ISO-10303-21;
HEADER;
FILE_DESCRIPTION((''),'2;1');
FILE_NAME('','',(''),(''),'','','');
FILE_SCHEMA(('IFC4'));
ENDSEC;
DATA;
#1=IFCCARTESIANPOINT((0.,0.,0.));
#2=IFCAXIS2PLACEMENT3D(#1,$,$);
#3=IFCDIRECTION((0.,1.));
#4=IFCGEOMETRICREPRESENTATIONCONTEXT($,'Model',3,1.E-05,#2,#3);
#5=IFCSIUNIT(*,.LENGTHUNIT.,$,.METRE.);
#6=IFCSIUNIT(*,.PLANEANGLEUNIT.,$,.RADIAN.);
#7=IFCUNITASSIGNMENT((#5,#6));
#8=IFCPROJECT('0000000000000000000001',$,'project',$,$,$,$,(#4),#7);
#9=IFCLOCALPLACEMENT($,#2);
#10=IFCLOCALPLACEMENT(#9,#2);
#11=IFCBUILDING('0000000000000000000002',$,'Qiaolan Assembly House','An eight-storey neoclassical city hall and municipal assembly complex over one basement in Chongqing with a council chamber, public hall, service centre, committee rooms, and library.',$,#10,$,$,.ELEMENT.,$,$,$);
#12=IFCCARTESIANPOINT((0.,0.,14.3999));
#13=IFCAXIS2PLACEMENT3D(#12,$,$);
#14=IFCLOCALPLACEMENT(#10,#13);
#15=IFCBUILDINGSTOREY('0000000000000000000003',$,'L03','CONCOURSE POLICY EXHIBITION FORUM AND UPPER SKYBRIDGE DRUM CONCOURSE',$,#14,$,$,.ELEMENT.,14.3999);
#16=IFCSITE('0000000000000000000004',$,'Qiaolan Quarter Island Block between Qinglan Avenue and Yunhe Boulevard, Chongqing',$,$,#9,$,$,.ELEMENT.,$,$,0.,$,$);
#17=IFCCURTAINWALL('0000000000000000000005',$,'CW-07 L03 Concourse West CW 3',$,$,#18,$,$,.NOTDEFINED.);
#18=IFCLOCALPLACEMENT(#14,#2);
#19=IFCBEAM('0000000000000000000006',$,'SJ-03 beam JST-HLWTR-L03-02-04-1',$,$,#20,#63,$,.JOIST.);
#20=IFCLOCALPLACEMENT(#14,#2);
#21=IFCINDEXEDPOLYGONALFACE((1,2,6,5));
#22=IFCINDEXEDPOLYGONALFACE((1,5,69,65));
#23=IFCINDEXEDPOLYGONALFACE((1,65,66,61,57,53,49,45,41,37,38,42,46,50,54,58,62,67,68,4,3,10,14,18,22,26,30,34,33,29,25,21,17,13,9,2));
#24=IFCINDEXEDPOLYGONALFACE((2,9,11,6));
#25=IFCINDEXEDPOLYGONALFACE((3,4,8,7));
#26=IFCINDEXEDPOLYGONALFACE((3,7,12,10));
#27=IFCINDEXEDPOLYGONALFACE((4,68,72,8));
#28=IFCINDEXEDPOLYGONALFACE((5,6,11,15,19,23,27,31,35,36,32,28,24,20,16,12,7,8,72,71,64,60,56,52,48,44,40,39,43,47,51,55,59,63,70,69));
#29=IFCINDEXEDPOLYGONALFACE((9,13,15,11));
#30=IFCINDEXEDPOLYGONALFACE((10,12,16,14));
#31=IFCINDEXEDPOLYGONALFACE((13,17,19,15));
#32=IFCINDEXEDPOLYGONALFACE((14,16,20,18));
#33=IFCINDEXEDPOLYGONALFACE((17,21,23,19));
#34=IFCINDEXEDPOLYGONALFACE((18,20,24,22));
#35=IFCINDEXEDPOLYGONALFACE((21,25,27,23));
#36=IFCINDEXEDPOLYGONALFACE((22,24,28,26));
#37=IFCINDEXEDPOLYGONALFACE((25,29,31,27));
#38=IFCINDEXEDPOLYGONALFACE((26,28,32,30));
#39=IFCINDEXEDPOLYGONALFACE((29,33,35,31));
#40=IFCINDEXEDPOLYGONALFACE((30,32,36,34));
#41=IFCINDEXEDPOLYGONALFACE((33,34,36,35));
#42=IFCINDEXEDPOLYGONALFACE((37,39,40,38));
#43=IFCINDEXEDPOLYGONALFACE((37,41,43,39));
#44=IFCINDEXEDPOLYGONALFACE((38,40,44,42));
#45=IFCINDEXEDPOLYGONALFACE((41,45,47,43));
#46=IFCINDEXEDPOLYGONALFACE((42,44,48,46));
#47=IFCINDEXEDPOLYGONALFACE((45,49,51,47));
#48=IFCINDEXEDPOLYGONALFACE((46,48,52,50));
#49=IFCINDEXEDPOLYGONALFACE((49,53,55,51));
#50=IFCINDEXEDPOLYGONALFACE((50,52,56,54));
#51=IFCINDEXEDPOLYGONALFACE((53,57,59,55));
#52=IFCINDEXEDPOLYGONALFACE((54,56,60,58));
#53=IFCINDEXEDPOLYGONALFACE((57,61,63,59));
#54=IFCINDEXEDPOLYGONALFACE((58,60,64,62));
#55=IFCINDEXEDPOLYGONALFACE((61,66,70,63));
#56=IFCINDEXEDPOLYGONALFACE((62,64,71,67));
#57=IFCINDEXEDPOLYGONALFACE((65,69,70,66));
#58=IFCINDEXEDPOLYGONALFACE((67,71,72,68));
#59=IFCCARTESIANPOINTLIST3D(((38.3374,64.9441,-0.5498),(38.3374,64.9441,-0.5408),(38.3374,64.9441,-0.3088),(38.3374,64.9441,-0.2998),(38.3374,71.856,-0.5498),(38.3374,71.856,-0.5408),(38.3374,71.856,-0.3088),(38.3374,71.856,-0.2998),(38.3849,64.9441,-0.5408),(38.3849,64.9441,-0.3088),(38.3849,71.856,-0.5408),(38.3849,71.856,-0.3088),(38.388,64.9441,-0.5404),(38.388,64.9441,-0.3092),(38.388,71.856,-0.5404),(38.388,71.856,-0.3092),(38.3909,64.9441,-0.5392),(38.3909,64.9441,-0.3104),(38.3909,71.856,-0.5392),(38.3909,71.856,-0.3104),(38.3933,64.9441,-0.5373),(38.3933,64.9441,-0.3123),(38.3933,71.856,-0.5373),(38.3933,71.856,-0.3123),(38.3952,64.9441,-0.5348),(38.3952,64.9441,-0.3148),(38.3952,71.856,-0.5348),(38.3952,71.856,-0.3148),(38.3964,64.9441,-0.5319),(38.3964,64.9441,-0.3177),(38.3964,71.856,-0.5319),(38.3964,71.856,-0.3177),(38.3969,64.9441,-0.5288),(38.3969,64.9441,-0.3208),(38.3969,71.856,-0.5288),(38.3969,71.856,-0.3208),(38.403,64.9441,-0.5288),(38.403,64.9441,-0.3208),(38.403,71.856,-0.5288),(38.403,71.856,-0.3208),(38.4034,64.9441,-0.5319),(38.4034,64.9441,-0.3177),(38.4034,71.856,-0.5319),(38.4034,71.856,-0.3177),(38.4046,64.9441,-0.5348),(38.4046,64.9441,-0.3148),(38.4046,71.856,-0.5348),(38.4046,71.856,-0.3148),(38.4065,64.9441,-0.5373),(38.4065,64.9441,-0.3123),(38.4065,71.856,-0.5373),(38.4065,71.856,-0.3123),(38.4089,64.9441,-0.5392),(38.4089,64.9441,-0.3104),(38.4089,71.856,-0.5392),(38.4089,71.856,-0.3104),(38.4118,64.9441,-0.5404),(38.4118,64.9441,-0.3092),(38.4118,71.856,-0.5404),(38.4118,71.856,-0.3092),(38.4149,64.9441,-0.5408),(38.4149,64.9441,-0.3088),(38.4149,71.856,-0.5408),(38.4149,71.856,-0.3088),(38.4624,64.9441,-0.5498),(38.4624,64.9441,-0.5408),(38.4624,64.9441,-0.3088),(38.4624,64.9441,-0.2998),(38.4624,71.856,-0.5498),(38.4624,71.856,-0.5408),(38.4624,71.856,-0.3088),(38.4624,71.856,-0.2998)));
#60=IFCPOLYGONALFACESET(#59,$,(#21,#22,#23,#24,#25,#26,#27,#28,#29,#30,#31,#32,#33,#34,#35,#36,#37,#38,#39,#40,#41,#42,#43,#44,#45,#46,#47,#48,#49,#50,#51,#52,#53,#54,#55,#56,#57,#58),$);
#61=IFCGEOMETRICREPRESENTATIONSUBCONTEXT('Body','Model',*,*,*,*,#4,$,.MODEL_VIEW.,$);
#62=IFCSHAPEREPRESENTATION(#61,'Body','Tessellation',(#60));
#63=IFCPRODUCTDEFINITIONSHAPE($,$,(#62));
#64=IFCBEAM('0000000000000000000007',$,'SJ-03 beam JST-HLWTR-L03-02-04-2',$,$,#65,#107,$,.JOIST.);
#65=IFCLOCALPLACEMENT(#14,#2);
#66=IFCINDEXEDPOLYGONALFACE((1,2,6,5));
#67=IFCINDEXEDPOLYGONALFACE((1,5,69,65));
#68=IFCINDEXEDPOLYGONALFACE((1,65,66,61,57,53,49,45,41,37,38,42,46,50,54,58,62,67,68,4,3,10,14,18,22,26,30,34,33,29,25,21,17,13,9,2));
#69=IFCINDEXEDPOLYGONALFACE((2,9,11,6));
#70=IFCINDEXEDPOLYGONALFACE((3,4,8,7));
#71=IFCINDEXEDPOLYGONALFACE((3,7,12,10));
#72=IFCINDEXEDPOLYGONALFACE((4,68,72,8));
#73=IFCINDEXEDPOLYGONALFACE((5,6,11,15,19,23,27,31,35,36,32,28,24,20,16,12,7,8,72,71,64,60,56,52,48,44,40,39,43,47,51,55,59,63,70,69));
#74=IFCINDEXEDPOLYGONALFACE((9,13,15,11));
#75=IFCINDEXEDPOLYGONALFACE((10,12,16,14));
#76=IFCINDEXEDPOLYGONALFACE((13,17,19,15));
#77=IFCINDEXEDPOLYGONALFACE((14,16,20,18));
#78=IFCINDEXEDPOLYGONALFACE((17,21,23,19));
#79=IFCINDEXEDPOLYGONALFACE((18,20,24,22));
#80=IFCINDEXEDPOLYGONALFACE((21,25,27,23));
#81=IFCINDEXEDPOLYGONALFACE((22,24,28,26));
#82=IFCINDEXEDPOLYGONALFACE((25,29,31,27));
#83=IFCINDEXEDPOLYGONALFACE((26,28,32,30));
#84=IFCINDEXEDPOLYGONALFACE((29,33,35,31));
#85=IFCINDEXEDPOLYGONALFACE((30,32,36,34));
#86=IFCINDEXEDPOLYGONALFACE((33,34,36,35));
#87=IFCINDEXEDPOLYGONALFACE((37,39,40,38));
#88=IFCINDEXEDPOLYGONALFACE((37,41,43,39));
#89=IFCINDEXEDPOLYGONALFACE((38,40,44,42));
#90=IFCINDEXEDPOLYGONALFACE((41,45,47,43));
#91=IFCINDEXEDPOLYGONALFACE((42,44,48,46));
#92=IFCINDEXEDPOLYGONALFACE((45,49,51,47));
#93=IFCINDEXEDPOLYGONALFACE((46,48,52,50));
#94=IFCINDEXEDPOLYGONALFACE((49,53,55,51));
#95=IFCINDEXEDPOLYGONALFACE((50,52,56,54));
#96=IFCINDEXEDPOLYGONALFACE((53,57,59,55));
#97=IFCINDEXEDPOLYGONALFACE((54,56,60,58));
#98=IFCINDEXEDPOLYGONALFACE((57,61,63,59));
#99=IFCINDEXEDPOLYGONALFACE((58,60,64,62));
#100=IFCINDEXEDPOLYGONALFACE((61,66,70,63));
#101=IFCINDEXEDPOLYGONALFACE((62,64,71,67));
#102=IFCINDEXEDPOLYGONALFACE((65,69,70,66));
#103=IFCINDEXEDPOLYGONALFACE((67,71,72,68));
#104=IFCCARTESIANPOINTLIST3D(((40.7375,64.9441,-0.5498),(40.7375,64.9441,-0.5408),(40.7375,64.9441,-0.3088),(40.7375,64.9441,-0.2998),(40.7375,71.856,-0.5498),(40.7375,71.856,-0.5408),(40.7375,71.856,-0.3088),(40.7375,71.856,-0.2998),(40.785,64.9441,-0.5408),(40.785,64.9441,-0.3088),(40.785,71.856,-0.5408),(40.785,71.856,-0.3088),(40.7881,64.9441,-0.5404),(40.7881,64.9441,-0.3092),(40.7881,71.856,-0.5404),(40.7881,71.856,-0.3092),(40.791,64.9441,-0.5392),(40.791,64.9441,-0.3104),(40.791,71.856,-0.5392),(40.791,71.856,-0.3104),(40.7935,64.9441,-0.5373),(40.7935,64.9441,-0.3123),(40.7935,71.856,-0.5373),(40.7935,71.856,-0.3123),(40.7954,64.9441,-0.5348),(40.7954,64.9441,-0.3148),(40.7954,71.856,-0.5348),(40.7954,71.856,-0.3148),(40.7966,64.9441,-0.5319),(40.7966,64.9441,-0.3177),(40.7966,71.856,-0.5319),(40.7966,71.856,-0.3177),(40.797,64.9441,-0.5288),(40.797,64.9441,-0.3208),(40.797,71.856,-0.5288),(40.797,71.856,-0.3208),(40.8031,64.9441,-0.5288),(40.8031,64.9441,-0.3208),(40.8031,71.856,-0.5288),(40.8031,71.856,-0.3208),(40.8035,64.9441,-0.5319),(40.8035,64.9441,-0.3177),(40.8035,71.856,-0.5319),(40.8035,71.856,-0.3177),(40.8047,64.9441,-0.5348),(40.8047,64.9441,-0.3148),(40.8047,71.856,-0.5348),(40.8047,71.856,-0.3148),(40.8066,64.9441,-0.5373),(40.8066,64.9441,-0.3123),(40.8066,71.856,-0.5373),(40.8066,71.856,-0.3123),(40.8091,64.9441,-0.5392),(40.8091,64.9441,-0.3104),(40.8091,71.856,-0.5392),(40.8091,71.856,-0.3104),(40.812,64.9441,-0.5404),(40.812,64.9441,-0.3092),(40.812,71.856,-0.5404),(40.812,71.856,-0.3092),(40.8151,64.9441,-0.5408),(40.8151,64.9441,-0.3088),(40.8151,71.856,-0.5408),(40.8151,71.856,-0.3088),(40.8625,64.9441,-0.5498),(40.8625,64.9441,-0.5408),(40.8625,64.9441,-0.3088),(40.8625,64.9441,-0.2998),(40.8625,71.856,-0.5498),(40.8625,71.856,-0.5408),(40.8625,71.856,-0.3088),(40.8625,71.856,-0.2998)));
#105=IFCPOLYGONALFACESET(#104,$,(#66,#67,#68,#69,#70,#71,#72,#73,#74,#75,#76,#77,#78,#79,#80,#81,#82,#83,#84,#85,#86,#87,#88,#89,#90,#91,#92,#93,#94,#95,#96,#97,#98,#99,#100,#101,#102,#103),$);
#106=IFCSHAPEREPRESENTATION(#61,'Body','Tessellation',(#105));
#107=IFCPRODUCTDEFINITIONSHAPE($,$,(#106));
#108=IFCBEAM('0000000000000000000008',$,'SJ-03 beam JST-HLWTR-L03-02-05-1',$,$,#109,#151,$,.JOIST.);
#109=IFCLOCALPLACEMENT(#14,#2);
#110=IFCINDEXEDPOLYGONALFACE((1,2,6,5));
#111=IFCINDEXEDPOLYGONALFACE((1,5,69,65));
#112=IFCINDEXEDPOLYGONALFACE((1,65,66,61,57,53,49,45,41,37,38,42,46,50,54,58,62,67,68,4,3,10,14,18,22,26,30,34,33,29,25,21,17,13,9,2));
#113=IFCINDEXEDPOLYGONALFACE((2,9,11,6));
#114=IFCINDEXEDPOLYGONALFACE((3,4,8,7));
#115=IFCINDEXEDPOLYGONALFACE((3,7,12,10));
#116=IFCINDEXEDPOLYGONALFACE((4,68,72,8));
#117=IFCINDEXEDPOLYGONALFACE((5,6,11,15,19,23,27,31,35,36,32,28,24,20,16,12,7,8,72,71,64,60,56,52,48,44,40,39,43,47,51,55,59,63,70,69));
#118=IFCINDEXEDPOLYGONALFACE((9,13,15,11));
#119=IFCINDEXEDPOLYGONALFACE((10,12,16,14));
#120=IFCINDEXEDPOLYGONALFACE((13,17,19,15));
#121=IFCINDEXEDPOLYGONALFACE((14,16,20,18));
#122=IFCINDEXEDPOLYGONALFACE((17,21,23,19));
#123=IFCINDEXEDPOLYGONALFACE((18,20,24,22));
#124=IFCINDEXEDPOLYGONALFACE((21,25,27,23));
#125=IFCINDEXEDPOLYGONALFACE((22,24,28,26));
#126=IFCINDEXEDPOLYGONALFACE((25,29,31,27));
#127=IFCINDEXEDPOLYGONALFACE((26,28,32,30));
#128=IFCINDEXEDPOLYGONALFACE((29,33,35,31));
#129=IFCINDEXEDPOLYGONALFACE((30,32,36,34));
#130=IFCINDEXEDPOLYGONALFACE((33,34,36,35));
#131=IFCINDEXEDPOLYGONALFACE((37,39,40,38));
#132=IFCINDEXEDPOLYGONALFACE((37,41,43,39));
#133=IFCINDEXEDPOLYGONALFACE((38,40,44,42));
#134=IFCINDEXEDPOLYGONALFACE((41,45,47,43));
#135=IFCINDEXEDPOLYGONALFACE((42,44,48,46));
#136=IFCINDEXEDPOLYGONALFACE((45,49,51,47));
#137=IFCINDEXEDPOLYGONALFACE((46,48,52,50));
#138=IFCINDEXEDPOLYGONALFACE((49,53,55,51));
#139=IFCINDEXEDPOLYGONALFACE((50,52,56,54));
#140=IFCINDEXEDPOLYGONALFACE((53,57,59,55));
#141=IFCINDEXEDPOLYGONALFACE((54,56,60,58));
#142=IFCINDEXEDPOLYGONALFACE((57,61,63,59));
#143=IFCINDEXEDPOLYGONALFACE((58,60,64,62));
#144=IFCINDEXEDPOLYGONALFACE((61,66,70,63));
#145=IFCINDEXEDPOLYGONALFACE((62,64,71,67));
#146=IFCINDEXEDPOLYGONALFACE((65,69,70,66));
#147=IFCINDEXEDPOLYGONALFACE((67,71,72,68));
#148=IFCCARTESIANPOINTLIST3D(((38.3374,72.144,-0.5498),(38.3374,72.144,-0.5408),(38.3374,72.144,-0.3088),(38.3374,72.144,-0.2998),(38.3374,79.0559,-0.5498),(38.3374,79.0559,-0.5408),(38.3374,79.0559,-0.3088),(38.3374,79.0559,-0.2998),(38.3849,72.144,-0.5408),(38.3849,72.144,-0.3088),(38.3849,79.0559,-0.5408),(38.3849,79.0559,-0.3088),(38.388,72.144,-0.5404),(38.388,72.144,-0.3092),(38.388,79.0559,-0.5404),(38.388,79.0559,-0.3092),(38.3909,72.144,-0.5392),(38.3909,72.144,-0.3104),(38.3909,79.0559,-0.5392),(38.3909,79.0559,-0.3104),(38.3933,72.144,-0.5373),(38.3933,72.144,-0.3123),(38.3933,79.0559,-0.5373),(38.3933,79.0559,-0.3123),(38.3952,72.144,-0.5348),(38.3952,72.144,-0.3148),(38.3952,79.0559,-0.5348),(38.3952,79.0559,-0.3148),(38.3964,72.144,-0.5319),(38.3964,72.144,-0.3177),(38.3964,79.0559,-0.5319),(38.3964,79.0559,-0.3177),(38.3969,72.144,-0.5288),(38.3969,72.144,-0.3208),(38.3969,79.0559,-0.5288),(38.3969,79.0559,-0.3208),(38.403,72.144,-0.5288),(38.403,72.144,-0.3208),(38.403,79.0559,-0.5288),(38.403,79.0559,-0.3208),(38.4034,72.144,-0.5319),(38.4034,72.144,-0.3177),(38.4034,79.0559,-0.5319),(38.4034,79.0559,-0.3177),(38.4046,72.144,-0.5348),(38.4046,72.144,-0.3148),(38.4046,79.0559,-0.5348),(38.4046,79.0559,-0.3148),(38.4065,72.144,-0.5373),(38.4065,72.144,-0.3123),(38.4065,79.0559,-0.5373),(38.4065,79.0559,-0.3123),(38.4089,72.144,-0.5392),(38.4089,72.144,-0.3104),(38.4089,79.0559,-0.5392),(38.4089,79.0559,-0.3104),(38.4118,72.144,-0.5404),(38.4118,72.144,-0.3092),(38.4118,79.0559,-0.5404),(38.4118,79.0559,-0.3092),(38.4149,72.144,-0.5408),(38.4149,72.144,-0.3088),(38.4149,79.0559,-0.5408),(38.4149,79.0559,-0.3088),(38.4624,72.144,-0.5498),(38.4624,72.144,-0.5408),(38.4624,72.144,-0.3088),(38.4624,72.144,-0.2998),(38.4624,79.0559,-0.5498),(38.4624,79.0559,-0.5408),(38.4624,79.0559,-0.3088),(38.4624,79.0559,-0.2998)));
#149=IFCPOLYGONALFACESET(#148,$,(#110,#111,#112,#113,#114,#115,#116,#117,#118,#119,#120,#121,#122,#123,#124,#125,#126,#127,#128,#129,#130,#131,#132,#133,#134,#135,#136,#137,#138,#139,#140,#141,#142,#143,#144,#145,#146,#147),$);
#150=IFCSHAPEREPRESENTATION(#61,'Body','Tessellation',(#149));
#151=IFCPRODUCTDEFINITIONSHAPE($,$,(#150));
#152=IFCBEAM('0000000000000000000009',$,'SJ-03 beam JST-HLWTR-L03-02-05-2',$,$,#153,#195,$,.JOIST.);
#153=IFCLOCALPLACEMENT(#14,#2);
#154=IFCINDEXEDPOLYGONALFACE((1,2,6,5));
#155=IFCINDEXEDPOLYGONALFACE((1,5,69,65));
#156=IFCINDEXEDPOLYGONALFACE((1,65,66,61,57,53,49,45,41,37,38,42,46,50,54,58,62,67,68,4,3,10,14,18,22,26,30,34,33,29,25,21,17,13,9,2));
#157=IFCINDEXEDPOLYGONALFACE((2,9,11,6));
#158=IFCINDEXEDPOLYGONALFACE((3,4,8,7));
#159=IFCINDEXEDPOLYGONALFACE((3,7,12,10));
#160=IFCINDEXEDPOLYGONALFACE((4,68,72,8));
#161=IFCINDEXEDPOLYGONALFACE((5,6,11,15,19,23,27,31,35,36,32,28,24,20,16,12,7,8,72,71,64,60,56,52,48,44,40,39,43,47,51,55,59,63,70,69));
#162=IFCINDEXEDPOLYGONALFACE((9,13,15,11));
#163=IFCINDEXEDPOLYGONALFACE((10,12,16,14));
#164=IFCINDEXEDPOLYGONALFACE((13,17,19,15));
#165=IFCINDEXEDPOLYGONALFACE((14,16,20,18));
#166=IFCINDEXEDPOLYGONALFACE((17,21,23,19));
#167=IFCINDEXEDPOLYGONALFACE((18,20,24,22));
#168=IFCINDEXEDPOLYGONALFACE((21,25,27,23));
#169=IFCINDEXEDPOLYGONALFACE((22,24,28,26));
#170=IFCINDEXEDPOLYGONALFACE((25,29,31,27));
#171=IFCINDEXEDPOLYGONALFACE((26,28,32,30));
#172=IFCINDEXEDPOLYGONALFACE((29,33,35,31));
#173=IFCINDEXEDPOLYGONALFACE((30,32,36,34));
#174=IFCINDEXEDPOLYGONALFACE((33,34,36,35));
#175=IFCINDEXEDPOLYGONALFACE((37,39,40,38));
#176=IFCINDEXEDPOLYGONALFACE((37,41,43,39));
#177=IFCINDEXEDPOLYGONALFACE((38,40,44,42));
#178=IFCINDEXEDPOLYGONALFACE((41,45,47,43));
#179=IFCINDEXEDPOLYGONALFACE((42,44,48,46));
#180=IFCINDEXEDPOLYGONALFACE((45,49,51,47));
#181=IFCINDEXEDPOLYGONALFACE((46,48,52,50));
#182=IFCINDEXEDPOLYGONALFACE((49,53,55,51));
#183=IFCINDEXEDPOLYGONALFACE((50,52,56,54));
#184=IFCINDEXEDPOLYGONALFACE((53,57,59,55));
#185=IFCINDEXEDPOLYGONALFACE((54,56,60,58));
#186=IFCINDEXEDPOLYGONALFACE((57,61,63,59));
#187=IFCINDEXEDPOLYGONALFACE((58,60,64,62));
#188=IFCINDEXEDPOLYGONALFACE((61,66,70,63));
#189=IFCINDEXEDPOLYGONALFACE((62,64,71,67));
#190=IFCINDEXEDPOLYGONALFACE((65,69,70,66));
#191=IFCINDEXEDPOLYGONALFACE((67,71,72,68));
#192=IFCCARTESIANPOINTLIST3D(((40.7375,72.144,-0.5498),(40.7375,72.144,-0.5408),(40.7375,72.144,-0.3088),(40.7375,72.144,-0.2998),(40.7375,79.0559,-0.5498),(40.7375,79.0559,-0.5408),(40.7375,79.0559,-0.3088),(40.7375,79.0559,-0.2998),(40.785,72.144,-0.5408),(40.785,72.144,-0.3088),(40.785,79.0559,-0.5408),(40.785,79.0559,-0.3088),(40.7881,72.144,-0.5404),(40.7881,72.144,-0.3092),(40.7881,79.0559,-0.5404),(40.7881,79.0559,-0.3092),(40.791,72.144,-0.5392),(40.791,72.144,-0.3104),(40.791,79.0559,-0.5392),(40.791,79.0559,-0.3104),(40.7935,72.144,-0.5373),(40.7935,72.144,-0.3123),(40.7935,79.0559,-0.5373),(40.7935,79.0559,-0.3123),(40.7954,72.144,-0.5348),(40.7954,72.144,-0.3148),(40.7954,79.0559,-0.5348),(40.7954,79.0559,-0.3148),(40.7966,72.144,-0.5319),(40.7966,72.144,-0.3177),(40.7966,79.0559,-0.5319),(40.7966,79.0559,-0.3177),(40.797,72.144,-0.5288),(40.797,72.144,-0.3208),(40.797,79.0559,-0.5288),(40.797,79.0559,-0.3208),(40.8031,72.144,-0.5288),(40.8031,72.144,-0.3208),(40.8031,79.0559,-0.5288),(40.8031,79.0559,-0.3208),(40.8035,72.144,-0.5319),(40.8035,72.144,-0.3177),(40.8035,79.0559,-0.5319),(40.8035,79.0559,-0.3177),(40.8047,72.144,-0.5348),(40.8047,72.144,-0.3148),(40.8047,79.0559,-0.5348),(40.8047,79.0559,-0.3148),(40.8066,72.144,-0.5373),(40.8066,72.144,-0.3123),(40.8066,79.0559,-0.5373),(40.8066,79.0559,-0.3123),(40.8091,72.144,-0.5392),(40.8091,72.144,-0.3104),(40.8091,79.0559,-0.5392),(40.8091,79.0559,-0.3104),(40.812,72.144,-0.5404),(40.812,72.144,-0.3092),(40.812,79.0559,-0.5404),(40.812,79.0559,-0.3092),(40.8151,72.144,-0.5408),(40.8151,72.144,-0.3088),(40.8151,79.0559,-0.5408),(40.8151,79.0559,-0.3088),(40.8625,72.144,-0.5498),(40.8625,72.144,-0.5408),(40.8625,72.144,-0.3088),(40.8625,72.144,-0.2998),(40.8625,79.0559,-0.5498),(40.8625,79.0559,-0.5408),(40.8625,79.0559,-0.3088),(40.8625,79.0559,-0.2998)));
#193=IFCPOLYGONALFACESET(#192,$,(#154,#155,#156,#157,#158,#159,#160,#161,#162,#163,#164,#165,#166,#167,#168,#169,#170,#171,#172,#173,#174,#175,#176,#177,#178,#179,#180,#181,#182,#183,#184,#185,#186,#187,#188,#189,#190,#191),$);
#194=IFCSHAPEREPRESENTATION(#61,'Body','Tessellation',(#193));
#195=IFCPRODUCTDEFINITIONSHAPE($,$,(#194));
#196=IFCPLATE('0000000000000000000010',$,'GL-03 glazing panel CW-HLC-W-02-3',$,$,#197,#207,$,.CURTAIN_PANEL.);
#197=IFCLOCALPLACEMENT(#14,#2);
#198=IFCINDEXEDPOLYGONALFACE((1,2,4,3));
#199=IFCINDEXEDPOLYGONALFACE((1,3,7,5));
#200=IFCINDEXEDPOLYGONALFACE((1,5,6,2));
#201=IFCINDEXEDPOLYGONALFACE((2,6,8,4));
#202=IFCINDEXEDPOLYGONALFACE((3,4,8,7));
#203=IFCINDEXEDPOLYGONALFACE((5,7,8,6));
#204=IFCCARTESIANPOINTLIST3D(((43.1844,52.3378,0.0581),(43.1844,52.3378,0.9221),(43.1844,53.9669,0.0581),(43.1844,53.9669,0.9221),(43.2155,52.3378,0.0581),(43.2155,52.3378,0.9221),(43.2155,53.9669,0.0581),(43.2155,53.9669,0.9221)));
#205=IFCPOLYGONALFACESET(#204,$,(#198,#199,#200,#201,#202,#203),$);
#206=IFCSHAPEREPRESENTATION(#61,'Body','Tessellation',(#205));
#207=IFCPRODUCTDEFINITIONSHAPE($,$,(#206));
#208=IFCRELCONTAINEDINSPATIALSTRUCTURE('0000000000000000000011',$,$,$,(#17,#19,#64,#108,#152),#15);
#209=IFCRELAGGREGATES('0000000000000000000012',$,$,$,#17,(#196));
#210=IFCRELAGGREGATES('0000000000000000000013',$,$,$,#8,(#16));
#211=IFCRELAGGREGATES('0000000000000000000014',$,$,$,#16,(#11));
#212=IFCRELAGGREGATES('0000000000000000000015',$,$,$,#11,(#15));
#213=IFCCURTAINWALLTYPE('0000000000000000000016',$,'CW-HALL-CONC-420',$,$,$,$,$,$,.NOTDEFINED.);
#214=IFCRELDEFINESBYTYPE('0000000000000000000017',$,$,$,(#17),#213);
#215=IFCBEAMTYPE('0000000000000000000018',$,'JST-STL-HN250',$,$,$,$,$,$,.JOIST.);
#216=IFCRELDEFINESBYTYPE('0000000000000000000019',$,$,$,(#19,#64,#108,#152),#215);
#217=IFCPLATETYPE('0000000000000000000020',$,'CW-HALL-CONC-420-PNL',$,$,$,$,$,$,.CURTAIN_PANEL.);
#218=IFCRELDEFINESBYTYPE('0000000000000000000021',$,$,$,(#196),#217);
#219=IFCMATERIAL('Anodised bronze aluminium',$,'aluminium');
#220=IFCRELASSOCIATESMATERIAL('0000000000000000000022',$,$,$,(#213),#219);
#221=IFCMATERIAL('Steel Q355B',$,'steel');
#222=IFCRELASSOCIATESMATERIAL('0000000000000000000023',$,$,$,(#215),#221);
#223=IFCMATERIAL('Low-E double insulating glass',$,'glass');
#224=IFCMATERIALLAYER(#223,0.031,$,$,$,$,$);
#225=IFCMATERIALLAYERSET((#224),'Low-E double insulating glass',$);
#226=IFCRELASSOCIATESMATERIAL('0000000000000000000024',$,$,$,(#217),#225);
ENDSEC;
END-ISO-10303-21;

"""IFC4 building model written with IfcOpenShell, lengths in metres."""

from ifc_helpers import new_model, si_unit, direction, frame, frame_2d, origin, origin_2d, place, context, subcontext, project, spatial, rectangle, i_section, extrude, material, layer, layer_set, material_profile, profile_set, type_object, element, aggregate, save


model = new_model("IFC4")

# Units and contexts
model_context = context("Model", 3, precision=1e-05, world=origin(), true_north=direction((0.0, 1.0)))
body_context = subcontext(model_context, "Body", "Model", "MODEL_VIEW")
ifc_project = project(units=[si_unit("LENGTHUNIT", "METRE"), si_unit("PLANEANGLEUNIT", "RADIAN")], contexts=[model_context])

# Site, building, storey
site_placement = place(None, origin())
site = spatial("IfcSite", under=ifc_project, at=site_placement, Name="Qiaolan Quarter Island Block between Qinglan Avenue and Yunhe Boulevard, Chongqing", CompositionType="ELEMENT", RefElevation=0.0)
building_placement = place(site_placement, origin())
building = spatial("IfcBuilding", under=site, at=building_placement, Name="Qiaolan Assembly House", Description="An eight-storey neoclassical city hall and municipal assembly complex over one basement in Chongqing with a council chamber, public hall, service centre, committee rooms, and library.", CompositionType="ELEMENT")
storey_placement = place(building_placement, frame((0.0, 0.0, 14.3999)))
storey = spatial("IfcBuildingStorey", under=building, at=storey_placement, Name="L03", Description="CONCOURSE POLICY EXHIBITION FORUM AND UPPER SKYBRIDGE DRUM CONCOURSE", CompositionType="ELEMENT", Elevation=14.3999)

# Shared definitions
ifc_material_1 = material(Name="Steel Q355B", Category="steel")

# Curtain wall
ifc_material_2 = material(Name="Anodised bronze aluminium", Category="aluminium")
curtain_wall_type = type_object("IfcCurtainWallType", Name="CW-HALL-CONC-420", PredefinedType="NOTDEFINED", material=ifc_material_2)
curtain_wall_1_placement = place(storey_placement, origin())
curtain_wall_1 = element("IfcCurtainWall", 1, at=curtain_wall_1_placement, inside=storey, type_object=curtain_wall_type, Name="CW-07 L03 Concourse West CW 3", PredefinedType="NOTDEFINED")

# Beams
ifc_material_profile_1 = material_profile(ifc_material_1, i_section(OverallWidth=0.125, OverallDepth=0.25, WebThickness=0.0061, FlangeThickness=0.009, FilletRadius=0.012, at=origin_2d()), Name="HN 250x125x6x9")
ifc_profile_set_1 = profile_set([ifc_material_profile_1], Name="Steel Q355B")
beam_type_1 = type_object("IfcBeamType", Name="JST-STL-HN250", PredefinedType="JOIST", material=ifc_profile_set_1)
for number, where, z_axis, x_axis, name in (
    (2, (38.3999, 64.9441, -0.4248), (0.0, 1.0, 0.0), (-1.0, 0.0, 0.0), "SJ-03 beam JST-HLWTR-L03-02-04-1"),
    (3, (40.8, 64.9441, -0.4248), (0.0, 1.0, 0.0), (-1.0, 0.0, 0.0), "SJ-03 beam JST-HLWTR-L03-02-04-2"),
    (4, (38.3999, 72.144, -0.4248), (0.0, 1.0, 0.0), (-1.0, 0.0, 0.0), "SJ-03 beam JST-HLWTR-L03-02-05-1"),
    (5, (40.8, 72.144, -0.4248), (0.0, 1.0, 0.0), (-1.0, 0.0, 0.0), "SJ-03 beam JST-HLWTR-L03-02-05-2"),
):
    element("IfcBeam", number, at=place(storey_placement, frame(where, z_axis=z_axis, x_axis=x_axis)), inside=storey, type_object=beam_type_1, Name=name, PredefinedType="JOIST", context=body_context, shape_type="SweptSolid", body=[
        extrude(i_section(OverallWidth=0.125, OverallDepth=0.25, WebThickness=0.0061, FlangeThickness=0.009, FilletRadius=0.012, at=origin_2d()), origin(), (0.0, 0.0, 1.0), 6.9119),
    ])

# Plate
ifc_material_3 = material(Name="Low-E double insulating glass", Category="glass")
ifc_layer_1 = layer(ifc_material_3, 0.031)
ifc_layer_set_1 = layer_set([ifc_layer_1], Name="Low-E double insulating glass")
plate_type_1 = type_object("IfcPlateType", Name="CW-HALL-CONC-420-PNL", PredefinedType="CURTAIN_PANEL", material=ifc_layer_set_1)
plate_1_placement = place(storey_placement, frame((43.2, 52.3379, 0.0581), z_axis=(0.0, 0.0, 1.0), x_axis=(0.0, 1.0, 0.0)))
plate_1 = element("IfcPlate", 6, at=plate_1_placement, type_object=plate_type_1, Name="GL-03 glazing panel CW-HLC-W-02-3", PredefinedType="CURTAIN_PANEL", context=body_context, shape_type="SweptSolid", body=[
    extrude(rectangle(XDim=1.6292, YDim=0.031, at=frame_2d((0.8145, 0.0))), origin(), (0.0, 0.0, 1.0), 0.864),
])
aggregate(curtain_wall_1, [plate_1])

save(model, "model.ifc")
